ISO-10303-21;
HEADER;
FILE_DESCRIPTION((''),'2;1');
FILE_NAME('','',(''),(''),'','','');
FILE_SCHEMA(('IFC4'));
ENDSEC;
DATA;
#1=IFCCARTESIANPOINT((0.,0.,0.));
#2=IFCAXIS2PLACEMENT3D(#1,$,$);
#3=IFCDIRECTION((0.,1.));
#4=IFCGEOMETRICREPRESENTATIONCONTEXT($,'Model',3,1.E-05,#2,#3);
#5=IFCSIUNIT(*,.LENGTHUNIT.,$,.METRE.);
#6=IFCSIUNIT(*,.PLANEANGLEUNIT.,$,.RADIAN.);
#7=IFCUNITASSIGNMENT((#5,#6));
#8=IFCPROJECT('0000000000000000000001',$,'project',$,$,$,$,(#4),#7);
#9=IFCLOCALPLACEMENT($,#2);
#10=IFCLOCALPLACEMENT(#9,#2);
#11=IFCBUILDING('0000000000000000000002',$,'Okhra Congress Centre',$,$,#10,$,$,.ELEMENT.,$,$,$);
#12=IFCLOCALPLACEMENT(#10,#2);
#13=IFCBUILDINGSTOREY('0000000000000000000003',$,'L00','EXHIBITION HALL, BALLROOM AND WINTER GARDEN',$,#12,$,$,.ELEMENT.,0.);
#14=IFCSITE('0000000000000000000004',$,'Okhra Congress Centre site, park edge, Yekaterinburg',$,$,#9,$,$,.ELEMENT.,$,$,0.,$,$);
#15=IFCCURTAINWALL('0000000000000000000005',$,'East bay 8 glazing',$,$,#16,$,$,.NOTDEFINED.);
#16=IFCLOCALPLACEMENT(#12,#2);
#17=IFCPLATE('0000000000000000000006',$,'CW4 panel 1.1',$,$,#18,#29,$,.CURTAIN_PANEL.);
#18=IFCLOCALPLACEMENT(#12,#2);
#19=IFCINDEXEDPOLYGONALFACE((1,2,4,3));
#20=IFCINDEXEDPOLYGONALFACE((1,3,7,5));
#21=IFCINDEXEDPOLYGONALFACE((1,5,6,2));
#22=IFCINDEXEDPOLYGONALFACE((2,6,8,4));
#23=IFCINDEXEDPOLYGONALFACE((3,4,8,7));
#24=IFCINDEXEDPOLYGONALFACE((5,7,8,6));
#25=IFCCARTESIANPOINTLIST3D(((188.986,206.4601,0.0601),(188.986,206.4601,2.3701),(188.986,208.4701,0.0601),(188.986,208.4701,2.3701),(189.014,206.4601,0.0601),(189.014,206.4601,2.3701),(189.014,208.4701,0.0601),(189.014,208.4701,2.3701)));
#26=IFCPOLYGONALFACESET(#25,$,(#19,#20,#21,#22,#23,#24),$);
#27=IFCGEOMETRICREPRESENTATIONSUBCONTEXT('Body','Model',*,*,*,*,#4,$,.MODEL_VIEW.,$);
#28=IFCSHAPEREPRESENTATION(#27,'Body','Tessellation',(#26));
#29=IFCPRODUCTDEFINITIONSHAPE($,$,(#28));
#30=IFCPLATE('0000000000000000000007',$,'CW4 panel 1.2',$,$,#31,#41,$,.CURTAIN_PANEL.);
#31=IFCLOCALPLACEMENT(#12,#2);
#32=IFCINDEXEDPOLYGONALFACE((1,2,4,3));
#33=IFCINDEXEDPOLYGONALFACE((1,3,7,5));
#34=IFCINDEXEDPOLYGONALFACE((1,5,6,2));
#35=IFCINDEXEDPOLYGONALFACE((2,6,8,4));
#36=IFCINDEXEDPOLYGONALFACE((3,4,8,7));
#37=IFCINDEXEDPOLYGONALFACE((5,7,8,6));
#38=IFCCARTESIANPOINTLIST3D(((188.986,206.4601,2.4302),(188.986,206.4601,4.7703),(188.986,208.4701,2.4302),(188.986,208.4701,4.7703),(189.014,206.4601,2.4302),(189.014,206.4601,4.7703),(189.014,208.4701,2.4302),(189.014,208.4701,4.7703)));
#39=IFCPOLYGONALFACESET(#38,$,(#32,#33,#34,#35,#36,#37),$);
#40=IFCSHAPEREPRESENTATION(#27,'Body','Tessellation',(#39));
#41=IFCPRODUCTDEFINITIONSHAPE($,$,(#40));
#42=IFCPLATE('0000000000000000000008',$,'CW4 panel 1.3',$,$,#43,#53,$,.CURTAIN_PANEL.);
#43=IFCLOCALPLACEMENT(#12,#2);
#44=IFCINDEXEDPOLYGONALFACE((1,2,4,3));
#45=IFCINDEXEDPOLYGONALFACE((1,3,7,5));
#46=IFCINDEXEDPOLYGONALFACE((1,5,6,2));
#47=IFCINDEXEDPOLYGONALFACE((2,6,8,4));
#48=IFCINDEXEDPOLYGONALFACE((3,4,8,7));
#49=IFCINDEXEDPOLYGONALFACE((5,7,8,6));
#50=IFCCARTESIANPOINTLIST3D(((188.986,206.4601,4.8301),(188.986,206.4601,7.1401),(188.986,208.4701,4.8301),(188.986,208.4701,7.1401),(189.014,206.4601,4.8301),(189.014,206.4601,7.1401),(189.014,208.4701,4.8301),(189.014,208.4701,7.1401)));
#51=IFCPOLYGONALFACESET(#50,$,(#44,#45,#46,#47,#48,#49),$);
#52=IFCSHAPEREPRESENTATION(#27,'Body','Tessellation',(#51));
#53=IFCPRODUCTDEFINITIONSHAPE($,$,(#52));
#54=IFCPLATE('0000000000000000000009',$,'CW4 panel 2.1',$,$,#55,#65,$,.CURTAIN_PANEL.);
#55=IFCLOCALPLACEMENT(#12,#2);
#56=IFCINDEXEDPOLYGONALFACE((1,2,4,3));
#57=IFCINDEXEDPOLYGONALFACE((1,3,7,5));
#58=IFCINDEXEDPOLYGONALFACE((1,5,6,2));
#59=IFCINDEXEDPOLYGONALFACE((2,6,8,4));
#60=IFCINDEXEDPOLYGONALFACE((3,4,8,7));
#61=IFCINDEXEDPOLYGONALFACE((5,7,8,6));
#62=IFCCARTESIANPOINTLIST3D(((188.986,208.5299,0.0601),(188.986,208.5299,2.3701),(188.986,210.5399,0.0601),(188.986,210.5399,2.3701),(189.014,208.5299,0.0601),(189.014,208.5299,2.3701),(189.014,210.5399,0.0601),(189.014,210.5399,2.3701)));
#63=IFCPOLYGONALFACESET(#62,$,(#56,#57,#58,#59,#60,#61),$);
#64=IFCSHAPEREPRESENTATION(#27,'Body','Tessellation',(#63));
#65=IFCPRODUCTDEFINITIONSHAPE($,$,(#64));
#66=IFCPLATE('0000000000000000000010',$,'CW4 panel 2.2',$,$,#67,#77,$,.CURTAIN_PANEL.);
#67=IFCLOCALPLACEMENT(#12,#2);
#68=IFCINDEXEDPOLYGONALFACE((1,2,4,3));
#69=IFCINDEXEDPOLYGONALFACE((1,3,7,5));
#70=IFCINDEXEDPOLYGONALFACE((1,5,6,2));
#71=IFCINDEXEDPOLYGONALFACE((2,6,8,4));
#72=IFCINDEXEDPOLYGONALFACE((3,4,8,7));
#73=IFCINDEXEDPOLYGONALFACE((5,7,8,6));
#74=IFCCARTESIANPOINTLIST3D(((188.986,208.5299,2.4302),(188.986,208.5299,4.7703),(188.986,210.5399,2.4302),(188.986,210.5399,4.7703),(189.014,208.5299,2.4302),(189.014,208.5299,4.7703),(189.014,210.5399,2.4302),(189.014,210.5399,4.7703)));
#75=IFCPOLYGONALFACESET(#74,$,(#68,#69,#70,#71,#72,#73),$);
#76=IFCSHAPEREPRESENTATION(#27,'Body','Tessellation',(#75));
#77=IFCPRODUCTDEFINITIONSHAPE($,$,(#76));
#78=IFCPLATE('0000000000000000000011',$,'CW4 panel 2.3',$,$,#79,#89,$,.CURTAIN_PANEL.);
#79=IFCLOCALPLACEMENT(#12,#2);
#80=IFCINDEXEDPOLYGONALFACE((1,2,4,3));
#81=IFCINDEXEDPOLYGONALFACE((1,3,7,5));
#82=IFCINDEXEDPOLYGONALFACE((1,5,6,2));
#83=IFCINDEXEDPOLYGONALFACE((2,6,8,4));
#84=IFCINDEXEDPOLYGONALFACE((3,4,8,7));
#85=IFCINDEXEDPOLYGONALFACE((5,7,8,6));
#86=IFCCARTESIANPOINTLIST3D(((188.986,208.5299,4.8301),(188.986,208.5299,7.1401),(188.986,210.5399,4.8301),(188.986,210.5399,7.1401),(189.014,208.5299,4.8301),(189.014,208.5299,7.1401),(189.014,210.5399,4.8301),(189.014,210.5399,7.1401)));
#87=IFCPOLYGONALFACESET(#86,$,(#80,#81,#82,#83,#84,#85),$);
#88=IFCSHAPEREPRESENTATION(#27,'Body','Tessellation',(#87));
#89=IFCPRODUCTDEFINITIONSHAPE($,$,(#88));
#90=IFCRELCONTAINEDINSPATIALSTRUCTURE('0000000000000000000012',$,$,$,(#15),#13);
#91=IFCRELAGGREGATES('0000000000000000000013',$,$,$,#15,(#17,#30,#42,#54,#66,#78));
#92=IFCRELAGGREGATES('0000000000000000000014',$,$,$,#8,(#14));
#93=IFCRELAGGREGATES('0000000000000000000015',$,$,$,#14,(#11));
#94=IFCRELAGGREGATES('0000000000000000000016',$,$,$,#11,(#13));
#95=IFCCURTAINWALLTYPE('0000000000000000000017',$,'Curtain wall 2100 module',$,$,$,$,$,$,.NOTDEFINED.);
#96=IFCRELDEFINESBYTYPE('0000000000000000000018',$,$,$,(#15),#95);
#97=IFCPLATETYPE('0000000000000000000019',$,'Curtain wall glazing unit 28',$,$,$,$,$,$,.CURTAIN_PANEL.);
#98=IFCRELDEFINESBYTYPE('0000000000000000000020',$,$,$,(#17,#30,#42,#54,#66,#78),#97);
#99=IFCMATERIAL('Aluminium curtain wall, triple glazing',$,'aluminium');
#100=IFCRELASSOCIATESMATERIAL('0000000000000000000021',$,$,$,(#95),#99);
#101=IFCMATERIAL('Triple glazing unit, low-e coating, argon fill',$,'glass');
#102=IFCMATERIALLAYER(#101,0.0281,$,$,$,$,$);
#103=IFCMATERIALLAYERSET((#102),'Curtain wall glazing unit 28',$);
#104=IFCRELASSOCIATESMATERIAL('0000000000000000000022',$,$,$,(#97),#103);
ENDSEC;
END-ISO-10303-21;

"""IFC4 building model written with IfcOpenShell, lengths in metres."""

from ifc_helpers import new_model, si_unit, direction, frame, origin, origin_2d, place, context, subcontext, project, spatial, rectangle, extrude, material, layer, layer_set, type_object, element, aggregate, save


model = new_model("IFC4")

# Units and contexts
model_context = context("Model", 3, precision=1e-05, world=origin(), true_north=direction((0.0, 1.0)))
body_context = subcontext(model_context, "Body", "Model", "MODEL_VIEW")
ifc_project = project(units=[si_unit("LENGTHUNIT", "METRE"), si_unit("PLANEANGLEUNIT", "RADIAN")], contexts=[model_context])

# Site, building, storey
site_placement = place(None, origin())
site = spatial("IfcSite", under=ifc_project, at=site_placement, Name="Okhra Congress Centre site, park edge, Yekaterinburg", CompositionType="ELEMENT", RefElevation=0.0)
building_placement = place(site_placement, origin())
building = spatial("IfcBuilding", under=site, at=building_placement, Name="Okhra Congress Centre", CompositionType="ELEMENT")
storey_placement = place(building_placement, origin())
storey = spatial("IfcBuildingStorey", under=building, at=storey_placement, Name="L00", Description="EXHIBITION HALL, BALLROOM AND WINTER GARDEN", CompositionType="ELEMENT", Elevation=0.0)

# Shared definitions
ifc_material_1 = material(Name="Aluminium curtain wall, triple glazing", Category="aluminium")
curtain_wall_type = type_object("IfcCurtainWallType", Name="Curtain wall 2100 module", PredefinedType="NOTDEFINED", material=ifc_material_1)

# Curtain wall
curtain_wall_1_placement = place(storey_placement, origin())
curtain_wall_1 = element("IfcCurtainWall", 1, at=curtain_wall_1_placement, inside=storey, type_object=curtain_wall_type, Name="East bay 8 glazing", PredefinedType="NOTDEFINED")

# Plates
ifc_material_2 = material(Name="Triple glazing unit, low-e coating, argon fill", Category="glass")
ifc_layer = layer(ifc_material_2, 0.0281)
ifc_layer_set = layer_set([ifc_layer], Name="Curtain wall glazing unit 28")
plate_type = type_object("IfcPlateType", Name="Curtain wall glazing unit 28", PredefinedType="CURTAIN_PANEL", material=ifc_layer_set)
plate_1_placement = place(storey_placement, frame((189.0, 207.4651, 0.0601), z_axis=(0.0, 0.0, 1.0), x_axis=(0.0, 1.0, 0.0)))
plate_1 = element("IfcPlate", 2, at=plate_1_placement, type_object=plate_type, Name="CW4 panel 1.1", PredefinedType="CURTAIN_PANEL", context=body_context, shape_type="SweptSolid", body=[
    extrude(rectangle(XDim=2.01, YDim=0.0281, at=origin_2d()), origin(), (0.0, 0.0, 1.0), 2.3101),
])
plate_2_placement = place(storey_placement, frame((189.0, 207.4651, 2.4302), z_axis=(0.0, 0.0, 1.0), x_axis=(0.0, 1.0, 0.0)))
plate_2 = element("IfcPlate", 3, at=plate_2_placement, type_object=plate_type, Name="CW4 panel 1.2", PredefinedType="CURTAIN_PANEL", context=body_context, shape_type="SweptSolid", body=[
    extrude(rectangle(XDim=2.01, YDim=0.0281, at=origin_2d()), origin(), (0.0, 0.0, 1.0), 2.3401),
])
plate_3_placement = place(storey_placement, frame((189.0, 207.4651, 4.8301), z_axis=(0.0, 0.0, 1.0), x_axis=(0.0, 1.0, 0.0)))
plate_3 = element("IfcPlate", 4, at=plate_3_placement, type_object=plate_type, Name="CW4 panel 1.3", PredefinedType="CURTAIN_PANEL", context=body_context, shape_type="SweptSolid", body=[
    extrude(rectangle(XDim=2.01, YDim=0.0281, at=origin_2d()), origin(), (0.0, 0.0, 1.0), 2.3101),
])
plate_4_placement = place(storey_placement, frame((189.0, 209.5349, 0.0601), z_axis=(0.0, 0.0, 1.0), x_axis=(0.0, 1.0, 0.0)))
plate_4 = element("IfcPlate", 5, at=plate_4_placement, type_object=plate_type, Name="CW4 panel 2.1", PredefinedType="CURTAIN_PANEL", context=body_context, shape_type="SweptSolid", body=[
    extrude(rectangle(XDim=2.01, YDim=0.0281, at=origin_2d()), origin(), (0.0, 0.0, 1.0), 2.3101),
])
plate_5_placement = place(storey_placement, frame((189.0, 209.5349, 2.4302), z_axis=(0.0, 0.0, 1.0), x_axis=(0.0, 1.0, 0.0)))
plate_5 = element("IfcPlate", 6, at=plate_5_placement, type_object=plate_type, Name="CW4 panel 2.2", PredefinedType="CURTAIN_PANEL", context=body_context, shape_type="SweptSolid", body=[
    extrude(rectangle(XDim=2.01, YDim=0.0281, at=origin_2d()), origin(), (0.0, 0.0, 1.0), 2.3401),
])
plate_6_placement = place(storey_placement, frame((189.0, 209.5349, 4.8301), z_axis=(0.0, 0.0, 1.0), x_axis=(0.0, 1.0, 0.0)))
plate_6 = element("IfcPlate", 7, at=plate_6_placement, type_object=plate_type, Name="CW4 panel 2.3", PredefinedType="CURTAIN_PANEL", context=body_context, shape_type="SweptSolid", body=[
    extrude(rectangle(XDim=2.01, YDim=0.0281, at=origin_2d()), origin(), (0.0, 0.0, 1.0), 2.3101),
])
aggregate(curtain_wall_1, [plate_1, plate_2, plate_3, plate_4, plate_5, plate_6])

save(model, "model.ifc")
